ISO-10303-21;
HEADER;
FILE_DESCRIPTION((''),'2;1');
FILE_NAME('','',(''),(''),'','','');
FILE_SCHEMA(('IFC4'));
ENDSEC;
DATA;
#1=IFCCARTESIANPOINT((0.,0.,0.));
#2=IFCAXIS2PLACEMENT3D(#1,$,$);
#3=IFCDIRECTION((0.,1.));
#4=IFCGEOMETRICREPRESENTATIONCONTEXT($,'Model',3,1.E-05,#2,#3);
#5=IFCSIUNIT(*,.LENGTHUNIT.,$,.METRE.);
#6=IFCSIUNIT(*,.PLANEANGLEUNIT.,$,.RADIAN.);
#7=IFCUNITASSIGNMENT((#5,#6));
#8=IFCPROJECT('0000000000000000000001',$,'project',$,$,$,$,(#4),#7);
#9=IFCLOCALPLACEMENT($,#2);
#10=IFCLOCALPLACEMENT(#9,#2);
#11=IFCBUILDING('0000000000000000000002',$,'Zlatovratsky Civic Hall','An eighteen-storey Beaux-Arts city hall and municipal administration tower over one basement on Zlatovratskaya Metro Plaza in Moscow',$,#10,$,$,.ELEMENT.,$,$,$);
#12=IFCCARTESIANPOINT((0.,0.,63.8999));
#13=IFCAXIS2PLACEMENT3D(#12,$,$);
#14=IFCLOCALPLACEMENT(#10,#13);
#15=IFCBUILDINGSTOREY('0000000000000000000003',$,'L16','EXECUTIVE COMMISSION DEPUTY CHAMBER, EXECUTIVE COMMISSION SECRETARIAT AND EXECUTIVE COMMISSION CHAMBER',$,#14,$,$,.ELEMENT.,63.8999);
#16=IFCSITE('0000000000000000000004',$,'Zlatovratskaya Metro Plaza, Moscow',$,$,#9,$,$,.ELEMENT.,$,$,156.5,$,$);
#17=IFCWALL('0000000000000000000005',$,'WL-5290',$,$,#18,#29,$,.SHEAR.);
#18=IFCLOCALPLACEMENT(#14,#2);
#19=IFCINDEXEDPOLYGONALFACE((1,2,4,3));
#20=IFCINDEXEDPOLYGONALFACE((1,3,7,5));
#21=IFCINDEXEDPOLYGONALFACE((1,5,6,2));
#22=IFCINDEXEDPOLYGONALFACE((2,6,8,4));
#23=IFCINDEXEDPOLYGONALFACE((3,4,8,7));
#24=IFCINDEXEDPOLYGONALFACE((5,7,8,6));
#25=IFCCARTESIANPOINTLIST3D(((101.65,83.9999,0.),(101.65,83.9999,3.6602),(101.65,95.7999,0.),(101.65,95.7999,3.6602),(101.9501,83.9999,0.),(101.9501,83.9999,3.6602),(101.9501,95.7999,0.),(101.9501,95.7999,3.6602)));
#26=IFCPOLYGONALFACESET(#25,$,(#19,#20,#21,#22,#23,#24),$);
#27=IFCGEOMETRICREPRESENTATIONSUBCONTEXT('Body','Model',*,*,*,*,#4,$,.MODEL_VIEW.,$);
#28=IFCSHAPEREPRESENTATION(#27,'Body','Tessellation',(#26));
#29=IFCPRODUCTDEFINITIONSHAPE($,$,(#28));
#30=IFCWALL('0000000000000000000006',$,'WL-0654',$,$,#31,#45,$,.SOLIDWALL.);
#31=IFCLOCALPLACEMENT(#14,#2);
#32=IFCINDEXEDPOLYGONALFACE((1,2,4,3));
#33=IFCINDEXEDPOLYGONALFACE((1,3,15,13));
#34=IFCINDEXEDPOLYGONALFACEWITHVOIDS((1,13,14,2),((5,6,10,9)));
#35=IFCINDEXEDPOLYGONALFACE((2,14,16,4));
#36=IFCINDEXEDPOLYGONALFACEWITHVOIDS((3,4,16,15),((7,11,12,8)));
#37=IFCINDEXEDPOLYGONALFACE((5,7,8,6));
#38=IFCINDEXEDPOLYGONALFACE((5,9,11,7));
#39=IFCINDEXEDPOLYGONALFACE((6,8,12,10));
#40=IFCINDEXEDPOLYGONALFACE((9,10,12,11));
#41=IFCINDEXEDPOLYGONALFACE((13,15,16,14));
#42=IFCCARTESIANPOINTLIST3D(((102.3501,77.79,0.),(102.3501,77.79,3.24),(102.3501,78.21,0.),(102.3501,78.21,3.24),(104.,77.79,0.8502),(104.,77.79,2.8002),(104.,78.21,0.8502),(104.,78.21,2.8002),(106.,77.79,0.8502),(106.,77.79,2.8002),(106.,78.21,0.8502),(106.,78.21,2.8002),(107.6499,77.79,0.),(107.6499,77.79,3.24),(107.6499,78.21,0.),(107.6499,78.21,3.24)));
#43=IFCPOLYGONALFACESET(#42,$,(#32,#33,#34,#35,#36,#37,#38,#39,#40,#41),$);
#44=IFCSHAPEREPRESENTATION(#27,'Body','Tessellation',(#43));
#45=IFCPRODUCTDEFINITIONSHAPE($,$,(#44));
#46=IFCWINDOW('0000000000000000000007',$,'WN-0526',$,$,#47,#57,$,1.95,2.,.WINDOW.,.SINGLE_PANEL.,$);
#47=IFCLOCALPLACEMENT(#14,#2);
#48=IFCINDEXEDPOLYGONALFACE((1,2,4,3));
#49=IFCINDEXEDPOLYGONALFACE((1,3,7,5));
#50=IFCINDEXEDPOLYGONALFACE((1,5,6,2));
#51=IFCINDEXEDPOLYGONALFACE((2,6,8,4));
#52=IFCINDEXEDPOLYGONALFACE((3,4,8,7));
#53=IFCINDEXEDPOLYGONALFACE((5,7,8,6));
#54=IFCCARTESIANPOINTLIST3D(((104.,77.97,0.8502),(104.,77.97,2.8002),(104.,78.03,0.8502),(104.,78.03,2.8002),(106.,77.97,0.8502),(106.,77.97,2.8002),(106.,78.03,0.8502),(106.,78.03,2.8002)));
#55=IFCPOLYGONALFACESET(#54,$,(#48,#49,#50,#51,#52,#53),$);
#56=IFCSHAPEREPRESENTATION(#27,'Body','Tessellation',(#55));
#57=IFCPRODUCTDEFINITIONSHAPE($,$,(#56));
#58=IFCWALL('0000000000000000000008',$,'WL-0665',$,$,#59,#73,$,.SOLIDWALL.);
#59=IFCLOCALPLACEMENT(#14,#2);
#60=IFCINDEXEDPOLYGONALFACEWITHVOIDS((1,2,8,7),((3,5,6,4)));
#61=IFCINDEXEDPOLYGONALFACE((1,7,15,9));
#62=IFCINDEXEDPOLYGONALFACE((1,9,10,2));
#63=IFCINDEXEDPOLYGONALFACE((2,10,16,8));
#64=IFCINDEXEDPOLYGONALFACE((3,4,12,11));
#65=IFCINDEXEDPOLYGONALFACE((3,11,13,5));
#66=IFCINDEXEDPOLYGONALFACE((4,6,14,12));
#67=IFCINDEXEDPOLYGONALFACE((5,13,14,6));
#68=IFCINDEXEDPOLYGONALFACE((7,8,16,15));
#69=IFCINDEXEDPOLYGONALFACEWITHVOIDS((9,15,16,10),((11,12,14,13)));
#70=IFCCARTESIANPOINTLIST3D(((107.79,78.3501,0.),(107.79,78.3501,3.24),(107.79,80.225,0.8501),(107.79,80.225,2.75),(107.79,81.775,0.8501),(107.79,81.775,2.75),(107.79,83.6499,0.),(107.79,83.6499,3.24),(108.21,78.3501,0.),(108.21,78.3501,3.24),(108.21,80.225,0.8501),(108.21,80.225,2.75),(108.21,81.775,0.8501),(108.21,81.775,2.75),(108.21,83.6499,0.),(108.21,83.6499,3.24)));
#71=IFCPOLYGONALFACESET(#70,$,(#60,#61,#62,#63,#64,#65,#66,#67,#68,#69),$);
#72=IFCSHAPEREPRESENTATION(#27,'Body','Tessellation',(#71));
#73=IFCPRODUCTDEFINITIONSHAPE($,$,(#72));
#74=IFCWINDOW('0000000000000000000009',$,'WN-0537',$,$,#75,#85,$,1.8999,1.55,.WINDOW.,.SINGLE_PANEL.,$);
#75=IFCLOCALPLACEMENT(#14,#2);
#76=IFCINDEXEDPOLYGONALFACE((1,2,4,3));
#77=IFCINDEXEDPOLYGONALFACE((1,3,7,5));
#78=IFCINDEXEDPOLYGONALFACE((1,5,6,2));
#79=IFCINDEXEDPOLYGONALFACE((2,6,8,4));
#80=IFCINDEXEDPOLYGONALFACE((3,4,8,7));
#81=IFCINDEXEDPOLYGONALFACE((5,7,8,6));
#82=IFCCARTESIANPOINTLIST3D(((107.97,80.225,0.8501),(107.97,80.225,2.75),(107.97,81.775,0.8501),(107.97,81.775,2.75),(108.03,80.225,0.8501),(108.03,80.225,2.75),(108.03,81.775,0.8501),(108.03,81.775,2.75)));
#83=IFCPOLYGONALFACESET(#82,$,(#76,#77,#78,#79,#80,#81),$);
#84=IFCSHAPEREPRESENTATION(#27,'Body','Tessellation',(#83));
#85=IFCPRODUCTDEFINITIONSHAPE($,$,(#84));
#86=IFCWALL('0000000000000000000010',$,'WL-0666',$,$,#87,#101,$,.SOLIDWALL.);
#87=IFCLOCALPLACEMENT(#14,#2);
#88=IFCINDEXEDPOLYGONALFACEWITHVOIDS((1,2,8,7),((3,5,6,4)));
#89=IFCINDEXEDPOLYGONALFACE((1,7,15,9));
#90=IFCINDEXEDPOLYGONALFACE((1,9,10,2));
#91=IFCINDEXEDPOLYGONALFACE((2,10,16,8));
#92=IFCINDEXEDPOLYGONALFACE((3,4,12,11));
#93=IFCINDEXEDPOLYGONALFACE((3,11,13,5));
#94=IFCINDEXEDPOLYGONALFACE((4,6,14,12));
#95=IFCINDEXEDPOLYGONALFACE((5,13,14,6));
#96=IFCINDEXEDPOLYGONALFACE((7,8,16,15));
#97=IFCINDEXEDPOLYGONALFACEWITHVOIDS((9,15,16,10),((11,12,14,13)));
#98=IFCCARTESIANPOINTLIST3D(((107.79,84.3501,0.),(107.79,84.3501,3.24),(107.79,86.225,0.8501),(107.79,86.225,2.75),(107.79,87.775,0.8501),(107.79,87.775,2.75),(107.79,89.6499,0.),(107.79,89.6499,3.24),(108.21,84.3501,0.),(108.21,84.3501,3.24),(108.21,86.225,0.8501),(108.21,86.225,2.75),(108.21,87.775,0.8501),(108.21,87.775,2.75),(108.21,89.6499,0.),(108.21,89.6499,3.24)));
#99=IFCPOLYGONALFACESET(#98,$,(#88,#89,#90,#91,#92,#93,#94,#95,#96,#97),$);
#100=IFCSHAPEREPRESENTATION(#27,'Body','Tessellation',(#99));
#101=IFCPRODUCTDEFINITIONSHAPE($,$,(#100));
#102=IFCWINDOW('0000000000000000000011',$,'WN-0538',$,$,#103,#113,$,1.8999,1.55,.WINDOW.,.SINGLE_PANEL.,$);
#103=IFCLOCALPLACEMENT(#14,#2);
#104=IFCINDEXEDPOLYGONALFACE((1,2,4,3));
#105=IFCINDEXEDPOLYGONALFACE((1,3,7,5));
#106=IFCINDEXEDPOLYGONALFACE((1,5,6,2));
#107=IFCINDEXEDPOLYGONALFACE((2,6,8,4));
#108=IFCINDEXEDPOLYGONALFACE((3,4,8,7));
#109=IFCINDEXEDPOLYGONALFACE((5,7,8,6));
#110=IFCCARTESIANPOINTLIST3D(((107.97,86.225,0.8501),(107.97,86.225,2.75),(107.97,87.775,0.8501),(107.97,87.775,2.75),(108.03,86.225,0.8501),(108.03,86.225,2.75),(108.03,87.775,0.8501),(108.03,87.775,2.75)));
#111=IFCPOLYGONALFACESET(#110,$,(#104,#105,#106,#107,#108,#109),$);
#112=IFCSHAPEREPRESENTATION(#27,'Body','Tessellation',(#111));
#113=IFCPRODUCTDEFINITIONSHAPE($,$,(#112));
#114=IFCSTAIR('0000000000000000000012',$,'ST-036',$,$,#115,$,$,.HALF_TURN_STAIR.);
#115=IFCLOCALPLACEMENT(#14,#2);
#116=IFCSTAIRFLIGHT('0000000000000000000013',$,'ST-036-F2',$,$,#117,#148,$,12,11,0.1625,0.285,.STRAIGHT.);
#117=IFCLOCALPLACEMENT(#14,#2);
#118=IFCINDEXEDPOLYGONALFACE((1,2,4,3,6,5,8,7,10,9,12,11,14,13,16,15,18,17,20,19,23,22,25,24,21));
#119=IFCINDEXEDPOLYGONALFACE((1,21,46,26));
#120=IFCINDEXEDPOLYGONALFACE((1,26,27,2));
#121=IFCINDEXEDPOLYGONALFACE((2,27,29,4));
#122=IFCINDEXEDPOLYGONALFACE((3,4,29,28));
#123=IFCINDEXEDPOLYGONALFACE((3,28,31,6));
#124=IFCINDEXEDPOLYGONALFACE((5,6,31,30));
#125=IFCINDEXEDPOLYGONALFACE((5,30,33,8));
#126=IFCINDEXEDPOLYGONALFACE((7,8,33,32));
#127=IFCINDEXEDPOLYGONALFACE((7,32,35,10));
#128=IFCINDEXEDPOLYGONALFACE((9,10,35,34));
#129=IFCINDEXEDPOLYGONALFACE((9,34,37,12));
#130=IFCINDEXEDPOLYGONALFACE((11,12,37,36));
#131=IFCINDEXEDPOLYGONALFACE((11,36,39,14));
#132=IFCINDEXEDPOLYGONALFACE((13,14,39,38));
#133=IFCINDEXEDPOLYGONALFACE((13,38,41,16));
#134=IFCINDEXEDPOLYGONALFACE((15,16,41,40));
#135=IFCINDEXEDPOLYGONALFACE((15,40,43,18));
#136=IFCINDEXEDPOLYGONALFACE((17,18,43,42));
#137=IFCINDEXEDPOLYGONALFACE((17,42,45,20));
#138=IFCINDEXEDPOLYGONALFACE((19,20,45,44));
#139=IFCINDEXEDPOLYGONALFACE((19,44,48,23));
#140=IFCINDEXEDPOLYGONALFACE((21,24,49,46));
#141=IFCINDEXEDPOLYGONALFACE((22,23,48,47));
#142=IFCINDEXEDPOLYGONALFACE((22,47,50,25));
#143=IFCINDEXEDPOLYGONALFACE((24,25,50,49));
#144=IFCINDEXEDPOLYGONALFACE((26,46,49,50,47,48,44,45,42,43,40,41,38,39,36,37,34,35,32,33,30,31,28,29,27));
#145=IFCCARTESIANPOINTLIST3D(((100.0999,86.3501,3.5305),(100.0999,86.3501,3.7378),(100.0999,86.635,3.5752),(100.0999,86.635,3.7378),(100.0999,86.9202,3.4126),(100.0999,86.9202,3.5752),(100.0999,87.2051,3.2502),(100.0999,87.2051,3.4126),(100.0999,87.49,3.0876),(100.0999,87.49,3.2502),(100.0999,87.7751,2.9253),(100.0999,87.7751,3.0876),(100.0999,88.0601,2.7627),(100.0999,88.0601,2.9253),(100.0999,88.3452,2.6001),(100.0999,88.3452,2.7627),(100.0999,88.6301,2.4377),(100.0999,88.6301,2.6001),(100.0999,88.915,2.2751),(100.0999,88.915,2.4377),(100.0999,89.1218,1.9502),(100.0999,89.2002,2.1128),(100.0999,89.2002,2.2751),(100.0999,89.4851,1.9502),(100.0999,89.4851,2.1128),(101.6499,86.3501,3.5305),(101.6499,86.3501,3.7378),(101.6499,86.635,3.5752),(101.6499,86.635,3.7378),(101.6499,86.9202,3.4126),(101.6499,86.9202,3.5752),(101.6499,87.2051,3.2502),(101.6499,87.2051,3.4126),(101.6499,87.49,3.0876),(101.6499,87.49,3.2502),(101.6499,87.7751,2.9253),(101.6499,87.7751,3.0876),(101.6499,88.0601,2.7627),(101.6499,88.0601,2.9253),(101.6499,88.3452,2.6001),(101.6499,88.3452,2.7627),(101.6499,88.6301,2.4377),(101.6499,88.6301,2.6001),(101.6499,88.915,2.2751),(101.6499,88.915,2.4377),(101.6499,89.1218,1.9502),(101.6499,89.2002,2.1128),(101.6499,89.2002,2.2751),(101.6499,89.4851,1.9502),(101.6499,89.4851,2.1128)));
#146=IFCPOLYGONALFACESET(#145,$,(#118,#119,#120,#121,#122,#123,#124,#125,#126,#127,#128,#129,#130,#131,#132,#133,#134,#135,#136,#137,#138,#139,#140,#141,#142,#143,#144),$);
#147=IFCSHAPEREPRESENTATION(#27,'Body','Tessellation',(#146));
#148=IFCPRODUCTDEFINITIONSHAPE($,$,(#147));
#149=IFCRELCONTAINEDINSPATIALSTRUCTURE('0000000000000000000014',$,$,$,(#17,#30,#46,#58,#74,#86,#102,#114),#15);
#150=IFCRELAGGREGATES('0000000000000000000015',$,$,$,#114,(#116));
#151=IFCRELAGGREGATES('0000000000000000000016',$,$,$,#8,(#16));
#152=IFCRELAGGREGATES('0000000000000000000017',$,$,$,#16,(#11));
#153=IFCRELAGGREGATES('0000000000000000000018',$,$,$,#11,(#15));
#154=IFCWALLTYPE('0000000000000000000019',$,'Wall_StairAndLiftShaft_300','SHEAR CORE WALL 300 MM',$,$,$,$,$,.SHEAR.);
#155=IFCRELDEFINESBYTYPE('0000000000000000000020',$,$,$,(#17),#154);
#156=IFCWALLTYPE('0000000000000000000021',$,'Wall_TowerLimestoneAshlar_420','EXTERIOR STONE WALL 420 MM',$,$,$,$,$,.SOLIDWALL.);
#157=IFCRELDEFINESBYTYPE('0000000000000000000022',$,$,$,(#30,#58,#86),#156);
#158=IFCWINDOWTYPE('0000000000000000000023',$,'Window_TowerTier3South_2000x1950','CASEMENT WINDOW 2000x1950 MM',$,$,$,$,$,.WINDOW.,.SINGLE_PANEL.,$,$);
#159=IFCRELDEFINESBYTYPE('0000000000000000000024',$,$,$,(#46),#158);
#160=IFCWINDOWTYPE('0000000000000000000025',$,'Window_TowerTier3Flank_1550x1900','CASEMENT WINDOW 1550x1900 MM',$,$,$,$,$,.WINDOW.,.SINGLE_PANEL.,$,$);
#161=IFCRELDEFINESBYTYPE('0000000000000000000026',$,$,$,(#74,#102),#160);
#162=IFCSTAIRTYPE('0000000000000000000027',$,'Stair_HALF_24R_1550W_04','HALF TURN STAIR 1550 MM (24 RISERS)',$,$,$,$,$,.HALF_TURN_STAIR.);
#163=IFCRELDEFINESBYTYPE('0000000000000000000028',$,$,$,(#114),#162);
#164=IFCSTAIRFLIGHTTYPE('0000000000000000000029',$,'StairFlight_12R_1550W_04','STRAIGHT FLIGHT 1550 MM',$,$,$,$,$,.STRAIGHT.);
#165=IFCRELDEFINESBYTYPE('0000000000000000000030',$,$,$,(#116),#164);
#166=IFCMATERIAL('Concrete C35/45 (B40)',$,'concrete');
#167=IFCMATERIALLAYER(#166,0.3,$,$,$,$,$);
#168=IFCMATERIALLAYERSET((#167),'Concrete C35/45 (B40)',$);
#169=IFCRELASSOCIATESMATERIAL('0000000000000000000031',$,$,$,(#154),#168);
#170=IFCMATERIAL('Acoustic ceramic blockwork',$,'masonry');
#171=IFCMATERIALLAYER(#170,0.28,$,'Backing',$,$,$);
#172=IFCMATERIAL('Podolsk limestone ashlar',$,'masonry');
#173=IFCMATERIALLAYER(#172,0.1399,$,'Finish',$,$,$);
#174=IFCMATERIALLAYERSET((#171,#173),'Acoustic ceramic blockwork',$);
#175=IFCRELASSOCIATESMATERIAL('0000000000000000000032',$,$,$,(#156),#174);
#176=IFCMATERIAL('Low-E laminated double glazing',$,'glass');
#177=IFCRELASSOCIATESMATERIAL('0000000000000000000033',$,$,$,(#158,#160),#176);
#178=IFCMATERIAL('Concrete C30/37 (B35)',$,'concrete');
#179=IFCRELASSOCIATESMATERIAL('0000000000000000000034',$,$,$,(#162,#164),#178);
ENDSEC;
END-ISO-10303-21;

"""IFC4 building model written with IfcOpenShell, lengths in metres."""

from ifc_helpers import new_model, si_unit, direction, frame, frame_2d, origin, place, context, subcontext, project, spatial, polyline, rectangle, outline, extrude, material, layer, layer_set, type_object, element, fill, aggregate, save


model = new_model("IFC4")

# Units and contexts
model_context = context("Model", 3, precision=1e-05, world=origin(), true_north=direction((0.0, 1.0)))
body_context = subcontext(model_context, "Body", "Model", "MODEL_VIEW")
ifc_project = project(units=[si_unit("LENGTHUNIT", "METRE"), si_unit("PLANEANGLEUNIT", "RADIAN")], contexts=[model_context])

# Site, building, storey
site_placement = place(None, origin())
site = spatial("IfcSite", under=ifc_project, at=site_placement, Name="Zlatovratskaya Metro Plaza, Moscow", CompositionType="ELEMENT", RefElevation=156.5)
building_placement = place(site_placement, origin())
building = spatial("IfcBuilding", under=site, at=building_placement, Name="Zlatovratsky Civic Hall", Description="An eighteen-storey Beaux-Arts city hall and municipal administration tower over one basement on Zlatovratskaya Metro Plaza in Moscow", CompositionType="ELEMENT")
storey_placement = place(building_placement, frame((0.0, 0.0, 63.8999)))
storey = spatial("IfcBuildingStorey", under=building, at=storey_placement, Name="L16", Description="EXECUTIVE COMMISSION DEPUTY CHAMBER, EXECUTIVE COMMISSION SECRETARIAT AND EXECUTIVE COMMISSION CHAMBER", CompositionType="ELEMENT", Elevation=63.8999)

# Shared definitions
ifc_material_1 = material(Name="Concrete C35/45 (B40)", Category="concrete")

# Wall
ifc_layer_1 = layer(ifc_material_1, 0.3)
ifc_layer_set_1 = layer_set([ifc_layer_1], Name="Concrete C35/45 (B40)")
wall_type_1 = type_object("IfcWallType", Name="Wall_StairAndLiftShaft_300", Description="SHEAR CORE WALL 300 MM", PredefinedType="SHEAR", material=ifc_layer_set_1)
wall_1_placement = place(storey_placement, frame((101.8, 84.0, 0.0), z_axis=(0.0, 0.0, 1.0), x_axis=(0.0, 1.0, 0.0)))
element("IfcWall", 1, at=wall_1_placement, inside=storey, type_object=wall_type_1, Name="WL-5290", PredefinedType="SHEAR", context=body_context, shape_type="SweptSolid", body=[
    extrude(rectangle(XDim=11.8, YDim=0.3, at=frame_2d((5.8999, 0.0))), origin(), (0.0, 0.0, 1.0), 3.6602),
])

# Walls, openings, windows
ifc_material_2 = material(Name="Acoustic ceramic blockwork", Category="masonry")
ifc_layer_2 = layer(ifc_material_2, 0.28, Name="Backing")
ifc_material_3 = material(Name="Podolsk limestone ashlar", Category="masonry")
ifc_layer_3 = layer(ifc_material_3, 0.1399, Name="Finish")
ifc_layer_set_2 = layer_set([ifc_layer_2, ifc_layer_3], Name="Acoustic ceramic blockwork")
wall_type_2 = type_object("IfcWallType", Name="Wall_TowerLimestoneAshlar_420", Description="EXTERIOR STONE WALL 420 MM", PredefinedType="SOLIDWALL", material=ifc_layer_set_2)
wall_2_placement = place(storey_placement, frame((102.3501, 78.0, 0.0), z_axis=(0.0, 0.0, 1.0), x_axis=(1.0, 0.0, 0.0)))
wall_2 = element("IfcWall", 2, at=wall_2_placement, inside=storey, type_object=wall_type_2, Name="WL-0654", PredefinedType="SOLIDWALL", context=body_context, shape_type="SweptSolid", body=[
    extrude(rectangle(XDim=5.2998, YDim=0.4199, at=frame_2d((2.6499, 0.0))), origin(), (0.0, 0.0, 1.0), 3.24),
])
opening_1_placement = place(wall_2_placement, frame((1.6499, 0.0, 0.8501)))
opening_1 = element("IfcOpeningElement", 3, at=opening_1_placement, cuts=wall_2, PredefinedType="OPENING", context=body_context, shape_type="SweptSolid", body=[
    extrude(rectangle(XDim=2.0, YDim=1.95, at=frame_2d((1.0, 0.9751))), frame((0.0, 0.2249, 0.0), z_axis=(0.0, -1.0, 0.0), x_axis=(1.0, 0.0, 0.0)), (0.0, 0.0, 1.0), 0.4497),
])
ifc_material_4 = material(Name="Low-E laminated double glazing", Category="glass")
window_type_1 = type_object("IfcWindowType", Name="Window_TowerTier3South_2000x1950", Description="CASEMENT WINDOW 2000x1950 MM", PartitioningType="SINGLE_PANEL", PredefinedType="WINDOW", material=ifc_material_4)
window_1_placement = place(opening_1_placement, origin())
window_1 = element("IfcWindow", 4, at=window_1_placement, inside=storey, type_object=window_type_1, Name="WN-0526", OverallHeight=1.95, OverallWidth=2.0, PartitioningType="SINGLE_PANEL", PredefinedType="WINDOW", context=body_context, shape_type="SweptSolid", body=[
    extrude(rectangle(XDim=2.0, YDim=1.95, at=frame_2d((1.0, 0.9751))), frame((0.0, 0.03, 0.0), z_axis=(0.0, -1.0, 0.0), x_axis=(1.0, 0.0, 0.0)), (0.0, 0.0, 1.0), 0.0601),
])
fill(opening_1, window_1)
wall_3_placement = place(storey_placement, frame((108.0, 78.3501, 0.0), z_axis=(0.0, 0.0, 1.0), x_axis=(0.0, 1.0, 0.0)))
wall_3 = element("IfcWall", 5, at=wall_3_placement, inside=storey, type_object=wall_type_2, Name="WL-0665", PredefinedType="SOLIDWALL", context=body_context, shape_type="SweptSolid", body=[
    extrude(rectangle(XDim=5.2998, YDim=0.4199, at=frame_2d((2.6499, 0.0))), origin(), (0.0, 0.0, 1.0), 3.24),
])
opening_2_placement = place(wall_3_placement, frame((1.875, 0.0, 0.8501)))
opening_2 = element("IfcOpeningElement", 6, at=opening_2_placement, cuts=wall_3, PredefinedType="OPENING", context=body_context, shape_type="SweptSolid", body=[
    extrude(rectangle(XDim=1.55, YDim=1.8999, at=frame_2d((0.7749, 0.95))), frame((0.0, 0.2249, 0.0), z_axis=(0.0, -1.0, 0.0), x_axis=(1.0, 0.0, 0.0)), (0.0, 0.0, 1.0), 0.4497),
])
window_type_2 = type_object("IfcWindowType", Name="Window_TowerTier3Flank_1550x1900", Description="CASEMENT WINDOW 1550x1900 MM", PartitioningType="SINGLE_PANEL", PredefinedType="WINDOW", material=ifc_material_4)
window_2_placement = place(opening_2_placement, origin())
window_2 = element("IfcWindow", 7, at=window_2_placement, inside=storey, type_object=window_type_2, Name="WN-0537", OverallHeight=1.8999, OverallWidth=1.55, PartitioningType="SINGLE_PANEL", PredefinedType="WINDOW", context=body_context, shape_type="SweptSolid", body=[
    extrude(rectangle(XDim=1.55, YDim=1.8999, at=frame_2d((0.7749, 0.95))), frame((0.0, 0.03, 0.0), z_axis=(0.0, -1.0, 0.0), x_axis=(1.0, 0.0, 0.0)), (0.0, 0.0, 1.0), 0.0601),
])
fill(opening_2, window_2)
wall_4_placement = place(storey_placement, frame((108.0, 84.3501, 0.0), z_axis=(0.0, 0.0, 1.0), x_axis=(0.0, 1.0, 0.0)))
wall_4 = element("IfcWall", 8, at=wall_4_placement, inside=storey, type_object=wall_type_2, Name="WL-0666", PredefinedType="SOLIDWALL", context=body_context, shape_type="SweptSolid", body=[
    extrude(rectangle(XDim=5.2998, YDim=0.4199, at=frame_2d((2.6499, 0.0))), origin(), (0.0, 0.0, 1.0), 3.24),
])
opening_3_placement = place(wall_4_placement, frame((1.875, 0.0, 0.8501)))
opening_3 = element("IfcOpeningElement", 9, at=opening_3_placement, cuts=wall_4, PredefinedType="OPENING", context=body_context, shape_type="SweptSolid", body=[
    extrude(rectangle(XDim=1.55, YDim=1.8999, at=frame_2d((0.7749, 0.95))), frame((0.0, 0.2249, 0.0), z_axis=(0.0, -1.0, 0.0), x_axis=(1.0, 0.0, 0.0)), (0.0, 0.0, 1.0), 0.4497),
])
window_3_placement = place(opening_3_placement, origin())
window_3 = element("IfcWindow", 10, at=window_3_placement, inside=storey, type_object=window_type_2, Name="WN-0538", OverallHeight=1.8999, OverallWidth=1.55, PartitioningType="SINGLE_PANEL", PredefinedType="WINDOW", context=body_context, shape_type="SweptSolid", body=[
    extrude(rectangle(XDim=1.55, YDim=1.8999, at=frame_2d((0.7749, 0.95))), frame((0.0, 0.03, 0.0), z_axis=(0.0, -1.0, 0.0), x_axis=(1.0, 0.0, 0.0)), (0.0, 0.0, 1.0), 0.0601),
])
fill(opening_3, window_3)

# Stair, stair flight
ifc_material_5 = material(Name="Concrete C30/37 (B35)", Category="concrete")
stair_type = type_object("IfcStairType", Name="Stair_HALF_24R_1550W_04", Description="HALF TURN STAIR 1550 MM (24 RISERS)", PredefinedType="HALF_TURN_STAIR", material=ifc_material_5)
stair_placement = place(storey_placement, origin())
stair = element("IfcStair", 11, at=stair_placement, inside=storey, type_object=stair_type, Name="ST-036", PredefinedType="HALF_TURN_STAIR")
stair_flight_type = type_object("IfcStairFlightType", Name="StairFlight_12R_1550W_04", Description="STRAIGHT FLIGHT 1550 MM", PredefinedType="STRAIGHT", material=ifc_material_5)
stair_flight_placement = place(storey_placement, frame((100.875, 89.4851, 1.9502), z_axis=(0.0, 0.0, 1.0), x_axis=(0.0, -1.0, 0.0)))
stair_flight = element("IfcStairFlight", 12, at=stair_flight_placement, type_object=stair_flight_type, Name="ST-036-F2", NumberOfRisers=12, NumberOfTreads=11, PredefinedType="STRAIGHT", RiserHeight=0.1625, TreadLength=0.285, context=body_context, shape_type="SweptSolid", body=[
    extrude(outline(polyline([(0.0, 0.0), (0.0, 0.1626), (0.2849, 0.1626), (0.2849, 0.325), (0.5701, 0.325), (0.5701, 0.4875), (0.855, 0.4875), (0.855, 0.6499), (1.1399, 0.6499), (1.1399, 0.8125), (1.425, 0.8125), (1.425, 0.9751), (1.71, 0.9751), (1.71, 1.1375), (1.9951, 1.1375), (1.9951, 1.3), (2.28, 1.3), (2.28, 1.4624), (2.5649, 1.4624), (2.5649, 1.625), (2.8501, 1.625), (2.8501, 1.7876), (3.135, 1.7876), (3.135, 1.95), (3.135, 1.5803), (0.3633, 0.0), (0.0, 0.0)])), frame((0.0, 0.7749, 0.0), z_axis=(0.0, -1.0, 0.0), x_axis=(1.0, 0.0, 0.0)), (0.0, 0.0, 1.0), 1.55),
])
aggregate(stair, [stair_flight])

save(model, "model.ifc")
